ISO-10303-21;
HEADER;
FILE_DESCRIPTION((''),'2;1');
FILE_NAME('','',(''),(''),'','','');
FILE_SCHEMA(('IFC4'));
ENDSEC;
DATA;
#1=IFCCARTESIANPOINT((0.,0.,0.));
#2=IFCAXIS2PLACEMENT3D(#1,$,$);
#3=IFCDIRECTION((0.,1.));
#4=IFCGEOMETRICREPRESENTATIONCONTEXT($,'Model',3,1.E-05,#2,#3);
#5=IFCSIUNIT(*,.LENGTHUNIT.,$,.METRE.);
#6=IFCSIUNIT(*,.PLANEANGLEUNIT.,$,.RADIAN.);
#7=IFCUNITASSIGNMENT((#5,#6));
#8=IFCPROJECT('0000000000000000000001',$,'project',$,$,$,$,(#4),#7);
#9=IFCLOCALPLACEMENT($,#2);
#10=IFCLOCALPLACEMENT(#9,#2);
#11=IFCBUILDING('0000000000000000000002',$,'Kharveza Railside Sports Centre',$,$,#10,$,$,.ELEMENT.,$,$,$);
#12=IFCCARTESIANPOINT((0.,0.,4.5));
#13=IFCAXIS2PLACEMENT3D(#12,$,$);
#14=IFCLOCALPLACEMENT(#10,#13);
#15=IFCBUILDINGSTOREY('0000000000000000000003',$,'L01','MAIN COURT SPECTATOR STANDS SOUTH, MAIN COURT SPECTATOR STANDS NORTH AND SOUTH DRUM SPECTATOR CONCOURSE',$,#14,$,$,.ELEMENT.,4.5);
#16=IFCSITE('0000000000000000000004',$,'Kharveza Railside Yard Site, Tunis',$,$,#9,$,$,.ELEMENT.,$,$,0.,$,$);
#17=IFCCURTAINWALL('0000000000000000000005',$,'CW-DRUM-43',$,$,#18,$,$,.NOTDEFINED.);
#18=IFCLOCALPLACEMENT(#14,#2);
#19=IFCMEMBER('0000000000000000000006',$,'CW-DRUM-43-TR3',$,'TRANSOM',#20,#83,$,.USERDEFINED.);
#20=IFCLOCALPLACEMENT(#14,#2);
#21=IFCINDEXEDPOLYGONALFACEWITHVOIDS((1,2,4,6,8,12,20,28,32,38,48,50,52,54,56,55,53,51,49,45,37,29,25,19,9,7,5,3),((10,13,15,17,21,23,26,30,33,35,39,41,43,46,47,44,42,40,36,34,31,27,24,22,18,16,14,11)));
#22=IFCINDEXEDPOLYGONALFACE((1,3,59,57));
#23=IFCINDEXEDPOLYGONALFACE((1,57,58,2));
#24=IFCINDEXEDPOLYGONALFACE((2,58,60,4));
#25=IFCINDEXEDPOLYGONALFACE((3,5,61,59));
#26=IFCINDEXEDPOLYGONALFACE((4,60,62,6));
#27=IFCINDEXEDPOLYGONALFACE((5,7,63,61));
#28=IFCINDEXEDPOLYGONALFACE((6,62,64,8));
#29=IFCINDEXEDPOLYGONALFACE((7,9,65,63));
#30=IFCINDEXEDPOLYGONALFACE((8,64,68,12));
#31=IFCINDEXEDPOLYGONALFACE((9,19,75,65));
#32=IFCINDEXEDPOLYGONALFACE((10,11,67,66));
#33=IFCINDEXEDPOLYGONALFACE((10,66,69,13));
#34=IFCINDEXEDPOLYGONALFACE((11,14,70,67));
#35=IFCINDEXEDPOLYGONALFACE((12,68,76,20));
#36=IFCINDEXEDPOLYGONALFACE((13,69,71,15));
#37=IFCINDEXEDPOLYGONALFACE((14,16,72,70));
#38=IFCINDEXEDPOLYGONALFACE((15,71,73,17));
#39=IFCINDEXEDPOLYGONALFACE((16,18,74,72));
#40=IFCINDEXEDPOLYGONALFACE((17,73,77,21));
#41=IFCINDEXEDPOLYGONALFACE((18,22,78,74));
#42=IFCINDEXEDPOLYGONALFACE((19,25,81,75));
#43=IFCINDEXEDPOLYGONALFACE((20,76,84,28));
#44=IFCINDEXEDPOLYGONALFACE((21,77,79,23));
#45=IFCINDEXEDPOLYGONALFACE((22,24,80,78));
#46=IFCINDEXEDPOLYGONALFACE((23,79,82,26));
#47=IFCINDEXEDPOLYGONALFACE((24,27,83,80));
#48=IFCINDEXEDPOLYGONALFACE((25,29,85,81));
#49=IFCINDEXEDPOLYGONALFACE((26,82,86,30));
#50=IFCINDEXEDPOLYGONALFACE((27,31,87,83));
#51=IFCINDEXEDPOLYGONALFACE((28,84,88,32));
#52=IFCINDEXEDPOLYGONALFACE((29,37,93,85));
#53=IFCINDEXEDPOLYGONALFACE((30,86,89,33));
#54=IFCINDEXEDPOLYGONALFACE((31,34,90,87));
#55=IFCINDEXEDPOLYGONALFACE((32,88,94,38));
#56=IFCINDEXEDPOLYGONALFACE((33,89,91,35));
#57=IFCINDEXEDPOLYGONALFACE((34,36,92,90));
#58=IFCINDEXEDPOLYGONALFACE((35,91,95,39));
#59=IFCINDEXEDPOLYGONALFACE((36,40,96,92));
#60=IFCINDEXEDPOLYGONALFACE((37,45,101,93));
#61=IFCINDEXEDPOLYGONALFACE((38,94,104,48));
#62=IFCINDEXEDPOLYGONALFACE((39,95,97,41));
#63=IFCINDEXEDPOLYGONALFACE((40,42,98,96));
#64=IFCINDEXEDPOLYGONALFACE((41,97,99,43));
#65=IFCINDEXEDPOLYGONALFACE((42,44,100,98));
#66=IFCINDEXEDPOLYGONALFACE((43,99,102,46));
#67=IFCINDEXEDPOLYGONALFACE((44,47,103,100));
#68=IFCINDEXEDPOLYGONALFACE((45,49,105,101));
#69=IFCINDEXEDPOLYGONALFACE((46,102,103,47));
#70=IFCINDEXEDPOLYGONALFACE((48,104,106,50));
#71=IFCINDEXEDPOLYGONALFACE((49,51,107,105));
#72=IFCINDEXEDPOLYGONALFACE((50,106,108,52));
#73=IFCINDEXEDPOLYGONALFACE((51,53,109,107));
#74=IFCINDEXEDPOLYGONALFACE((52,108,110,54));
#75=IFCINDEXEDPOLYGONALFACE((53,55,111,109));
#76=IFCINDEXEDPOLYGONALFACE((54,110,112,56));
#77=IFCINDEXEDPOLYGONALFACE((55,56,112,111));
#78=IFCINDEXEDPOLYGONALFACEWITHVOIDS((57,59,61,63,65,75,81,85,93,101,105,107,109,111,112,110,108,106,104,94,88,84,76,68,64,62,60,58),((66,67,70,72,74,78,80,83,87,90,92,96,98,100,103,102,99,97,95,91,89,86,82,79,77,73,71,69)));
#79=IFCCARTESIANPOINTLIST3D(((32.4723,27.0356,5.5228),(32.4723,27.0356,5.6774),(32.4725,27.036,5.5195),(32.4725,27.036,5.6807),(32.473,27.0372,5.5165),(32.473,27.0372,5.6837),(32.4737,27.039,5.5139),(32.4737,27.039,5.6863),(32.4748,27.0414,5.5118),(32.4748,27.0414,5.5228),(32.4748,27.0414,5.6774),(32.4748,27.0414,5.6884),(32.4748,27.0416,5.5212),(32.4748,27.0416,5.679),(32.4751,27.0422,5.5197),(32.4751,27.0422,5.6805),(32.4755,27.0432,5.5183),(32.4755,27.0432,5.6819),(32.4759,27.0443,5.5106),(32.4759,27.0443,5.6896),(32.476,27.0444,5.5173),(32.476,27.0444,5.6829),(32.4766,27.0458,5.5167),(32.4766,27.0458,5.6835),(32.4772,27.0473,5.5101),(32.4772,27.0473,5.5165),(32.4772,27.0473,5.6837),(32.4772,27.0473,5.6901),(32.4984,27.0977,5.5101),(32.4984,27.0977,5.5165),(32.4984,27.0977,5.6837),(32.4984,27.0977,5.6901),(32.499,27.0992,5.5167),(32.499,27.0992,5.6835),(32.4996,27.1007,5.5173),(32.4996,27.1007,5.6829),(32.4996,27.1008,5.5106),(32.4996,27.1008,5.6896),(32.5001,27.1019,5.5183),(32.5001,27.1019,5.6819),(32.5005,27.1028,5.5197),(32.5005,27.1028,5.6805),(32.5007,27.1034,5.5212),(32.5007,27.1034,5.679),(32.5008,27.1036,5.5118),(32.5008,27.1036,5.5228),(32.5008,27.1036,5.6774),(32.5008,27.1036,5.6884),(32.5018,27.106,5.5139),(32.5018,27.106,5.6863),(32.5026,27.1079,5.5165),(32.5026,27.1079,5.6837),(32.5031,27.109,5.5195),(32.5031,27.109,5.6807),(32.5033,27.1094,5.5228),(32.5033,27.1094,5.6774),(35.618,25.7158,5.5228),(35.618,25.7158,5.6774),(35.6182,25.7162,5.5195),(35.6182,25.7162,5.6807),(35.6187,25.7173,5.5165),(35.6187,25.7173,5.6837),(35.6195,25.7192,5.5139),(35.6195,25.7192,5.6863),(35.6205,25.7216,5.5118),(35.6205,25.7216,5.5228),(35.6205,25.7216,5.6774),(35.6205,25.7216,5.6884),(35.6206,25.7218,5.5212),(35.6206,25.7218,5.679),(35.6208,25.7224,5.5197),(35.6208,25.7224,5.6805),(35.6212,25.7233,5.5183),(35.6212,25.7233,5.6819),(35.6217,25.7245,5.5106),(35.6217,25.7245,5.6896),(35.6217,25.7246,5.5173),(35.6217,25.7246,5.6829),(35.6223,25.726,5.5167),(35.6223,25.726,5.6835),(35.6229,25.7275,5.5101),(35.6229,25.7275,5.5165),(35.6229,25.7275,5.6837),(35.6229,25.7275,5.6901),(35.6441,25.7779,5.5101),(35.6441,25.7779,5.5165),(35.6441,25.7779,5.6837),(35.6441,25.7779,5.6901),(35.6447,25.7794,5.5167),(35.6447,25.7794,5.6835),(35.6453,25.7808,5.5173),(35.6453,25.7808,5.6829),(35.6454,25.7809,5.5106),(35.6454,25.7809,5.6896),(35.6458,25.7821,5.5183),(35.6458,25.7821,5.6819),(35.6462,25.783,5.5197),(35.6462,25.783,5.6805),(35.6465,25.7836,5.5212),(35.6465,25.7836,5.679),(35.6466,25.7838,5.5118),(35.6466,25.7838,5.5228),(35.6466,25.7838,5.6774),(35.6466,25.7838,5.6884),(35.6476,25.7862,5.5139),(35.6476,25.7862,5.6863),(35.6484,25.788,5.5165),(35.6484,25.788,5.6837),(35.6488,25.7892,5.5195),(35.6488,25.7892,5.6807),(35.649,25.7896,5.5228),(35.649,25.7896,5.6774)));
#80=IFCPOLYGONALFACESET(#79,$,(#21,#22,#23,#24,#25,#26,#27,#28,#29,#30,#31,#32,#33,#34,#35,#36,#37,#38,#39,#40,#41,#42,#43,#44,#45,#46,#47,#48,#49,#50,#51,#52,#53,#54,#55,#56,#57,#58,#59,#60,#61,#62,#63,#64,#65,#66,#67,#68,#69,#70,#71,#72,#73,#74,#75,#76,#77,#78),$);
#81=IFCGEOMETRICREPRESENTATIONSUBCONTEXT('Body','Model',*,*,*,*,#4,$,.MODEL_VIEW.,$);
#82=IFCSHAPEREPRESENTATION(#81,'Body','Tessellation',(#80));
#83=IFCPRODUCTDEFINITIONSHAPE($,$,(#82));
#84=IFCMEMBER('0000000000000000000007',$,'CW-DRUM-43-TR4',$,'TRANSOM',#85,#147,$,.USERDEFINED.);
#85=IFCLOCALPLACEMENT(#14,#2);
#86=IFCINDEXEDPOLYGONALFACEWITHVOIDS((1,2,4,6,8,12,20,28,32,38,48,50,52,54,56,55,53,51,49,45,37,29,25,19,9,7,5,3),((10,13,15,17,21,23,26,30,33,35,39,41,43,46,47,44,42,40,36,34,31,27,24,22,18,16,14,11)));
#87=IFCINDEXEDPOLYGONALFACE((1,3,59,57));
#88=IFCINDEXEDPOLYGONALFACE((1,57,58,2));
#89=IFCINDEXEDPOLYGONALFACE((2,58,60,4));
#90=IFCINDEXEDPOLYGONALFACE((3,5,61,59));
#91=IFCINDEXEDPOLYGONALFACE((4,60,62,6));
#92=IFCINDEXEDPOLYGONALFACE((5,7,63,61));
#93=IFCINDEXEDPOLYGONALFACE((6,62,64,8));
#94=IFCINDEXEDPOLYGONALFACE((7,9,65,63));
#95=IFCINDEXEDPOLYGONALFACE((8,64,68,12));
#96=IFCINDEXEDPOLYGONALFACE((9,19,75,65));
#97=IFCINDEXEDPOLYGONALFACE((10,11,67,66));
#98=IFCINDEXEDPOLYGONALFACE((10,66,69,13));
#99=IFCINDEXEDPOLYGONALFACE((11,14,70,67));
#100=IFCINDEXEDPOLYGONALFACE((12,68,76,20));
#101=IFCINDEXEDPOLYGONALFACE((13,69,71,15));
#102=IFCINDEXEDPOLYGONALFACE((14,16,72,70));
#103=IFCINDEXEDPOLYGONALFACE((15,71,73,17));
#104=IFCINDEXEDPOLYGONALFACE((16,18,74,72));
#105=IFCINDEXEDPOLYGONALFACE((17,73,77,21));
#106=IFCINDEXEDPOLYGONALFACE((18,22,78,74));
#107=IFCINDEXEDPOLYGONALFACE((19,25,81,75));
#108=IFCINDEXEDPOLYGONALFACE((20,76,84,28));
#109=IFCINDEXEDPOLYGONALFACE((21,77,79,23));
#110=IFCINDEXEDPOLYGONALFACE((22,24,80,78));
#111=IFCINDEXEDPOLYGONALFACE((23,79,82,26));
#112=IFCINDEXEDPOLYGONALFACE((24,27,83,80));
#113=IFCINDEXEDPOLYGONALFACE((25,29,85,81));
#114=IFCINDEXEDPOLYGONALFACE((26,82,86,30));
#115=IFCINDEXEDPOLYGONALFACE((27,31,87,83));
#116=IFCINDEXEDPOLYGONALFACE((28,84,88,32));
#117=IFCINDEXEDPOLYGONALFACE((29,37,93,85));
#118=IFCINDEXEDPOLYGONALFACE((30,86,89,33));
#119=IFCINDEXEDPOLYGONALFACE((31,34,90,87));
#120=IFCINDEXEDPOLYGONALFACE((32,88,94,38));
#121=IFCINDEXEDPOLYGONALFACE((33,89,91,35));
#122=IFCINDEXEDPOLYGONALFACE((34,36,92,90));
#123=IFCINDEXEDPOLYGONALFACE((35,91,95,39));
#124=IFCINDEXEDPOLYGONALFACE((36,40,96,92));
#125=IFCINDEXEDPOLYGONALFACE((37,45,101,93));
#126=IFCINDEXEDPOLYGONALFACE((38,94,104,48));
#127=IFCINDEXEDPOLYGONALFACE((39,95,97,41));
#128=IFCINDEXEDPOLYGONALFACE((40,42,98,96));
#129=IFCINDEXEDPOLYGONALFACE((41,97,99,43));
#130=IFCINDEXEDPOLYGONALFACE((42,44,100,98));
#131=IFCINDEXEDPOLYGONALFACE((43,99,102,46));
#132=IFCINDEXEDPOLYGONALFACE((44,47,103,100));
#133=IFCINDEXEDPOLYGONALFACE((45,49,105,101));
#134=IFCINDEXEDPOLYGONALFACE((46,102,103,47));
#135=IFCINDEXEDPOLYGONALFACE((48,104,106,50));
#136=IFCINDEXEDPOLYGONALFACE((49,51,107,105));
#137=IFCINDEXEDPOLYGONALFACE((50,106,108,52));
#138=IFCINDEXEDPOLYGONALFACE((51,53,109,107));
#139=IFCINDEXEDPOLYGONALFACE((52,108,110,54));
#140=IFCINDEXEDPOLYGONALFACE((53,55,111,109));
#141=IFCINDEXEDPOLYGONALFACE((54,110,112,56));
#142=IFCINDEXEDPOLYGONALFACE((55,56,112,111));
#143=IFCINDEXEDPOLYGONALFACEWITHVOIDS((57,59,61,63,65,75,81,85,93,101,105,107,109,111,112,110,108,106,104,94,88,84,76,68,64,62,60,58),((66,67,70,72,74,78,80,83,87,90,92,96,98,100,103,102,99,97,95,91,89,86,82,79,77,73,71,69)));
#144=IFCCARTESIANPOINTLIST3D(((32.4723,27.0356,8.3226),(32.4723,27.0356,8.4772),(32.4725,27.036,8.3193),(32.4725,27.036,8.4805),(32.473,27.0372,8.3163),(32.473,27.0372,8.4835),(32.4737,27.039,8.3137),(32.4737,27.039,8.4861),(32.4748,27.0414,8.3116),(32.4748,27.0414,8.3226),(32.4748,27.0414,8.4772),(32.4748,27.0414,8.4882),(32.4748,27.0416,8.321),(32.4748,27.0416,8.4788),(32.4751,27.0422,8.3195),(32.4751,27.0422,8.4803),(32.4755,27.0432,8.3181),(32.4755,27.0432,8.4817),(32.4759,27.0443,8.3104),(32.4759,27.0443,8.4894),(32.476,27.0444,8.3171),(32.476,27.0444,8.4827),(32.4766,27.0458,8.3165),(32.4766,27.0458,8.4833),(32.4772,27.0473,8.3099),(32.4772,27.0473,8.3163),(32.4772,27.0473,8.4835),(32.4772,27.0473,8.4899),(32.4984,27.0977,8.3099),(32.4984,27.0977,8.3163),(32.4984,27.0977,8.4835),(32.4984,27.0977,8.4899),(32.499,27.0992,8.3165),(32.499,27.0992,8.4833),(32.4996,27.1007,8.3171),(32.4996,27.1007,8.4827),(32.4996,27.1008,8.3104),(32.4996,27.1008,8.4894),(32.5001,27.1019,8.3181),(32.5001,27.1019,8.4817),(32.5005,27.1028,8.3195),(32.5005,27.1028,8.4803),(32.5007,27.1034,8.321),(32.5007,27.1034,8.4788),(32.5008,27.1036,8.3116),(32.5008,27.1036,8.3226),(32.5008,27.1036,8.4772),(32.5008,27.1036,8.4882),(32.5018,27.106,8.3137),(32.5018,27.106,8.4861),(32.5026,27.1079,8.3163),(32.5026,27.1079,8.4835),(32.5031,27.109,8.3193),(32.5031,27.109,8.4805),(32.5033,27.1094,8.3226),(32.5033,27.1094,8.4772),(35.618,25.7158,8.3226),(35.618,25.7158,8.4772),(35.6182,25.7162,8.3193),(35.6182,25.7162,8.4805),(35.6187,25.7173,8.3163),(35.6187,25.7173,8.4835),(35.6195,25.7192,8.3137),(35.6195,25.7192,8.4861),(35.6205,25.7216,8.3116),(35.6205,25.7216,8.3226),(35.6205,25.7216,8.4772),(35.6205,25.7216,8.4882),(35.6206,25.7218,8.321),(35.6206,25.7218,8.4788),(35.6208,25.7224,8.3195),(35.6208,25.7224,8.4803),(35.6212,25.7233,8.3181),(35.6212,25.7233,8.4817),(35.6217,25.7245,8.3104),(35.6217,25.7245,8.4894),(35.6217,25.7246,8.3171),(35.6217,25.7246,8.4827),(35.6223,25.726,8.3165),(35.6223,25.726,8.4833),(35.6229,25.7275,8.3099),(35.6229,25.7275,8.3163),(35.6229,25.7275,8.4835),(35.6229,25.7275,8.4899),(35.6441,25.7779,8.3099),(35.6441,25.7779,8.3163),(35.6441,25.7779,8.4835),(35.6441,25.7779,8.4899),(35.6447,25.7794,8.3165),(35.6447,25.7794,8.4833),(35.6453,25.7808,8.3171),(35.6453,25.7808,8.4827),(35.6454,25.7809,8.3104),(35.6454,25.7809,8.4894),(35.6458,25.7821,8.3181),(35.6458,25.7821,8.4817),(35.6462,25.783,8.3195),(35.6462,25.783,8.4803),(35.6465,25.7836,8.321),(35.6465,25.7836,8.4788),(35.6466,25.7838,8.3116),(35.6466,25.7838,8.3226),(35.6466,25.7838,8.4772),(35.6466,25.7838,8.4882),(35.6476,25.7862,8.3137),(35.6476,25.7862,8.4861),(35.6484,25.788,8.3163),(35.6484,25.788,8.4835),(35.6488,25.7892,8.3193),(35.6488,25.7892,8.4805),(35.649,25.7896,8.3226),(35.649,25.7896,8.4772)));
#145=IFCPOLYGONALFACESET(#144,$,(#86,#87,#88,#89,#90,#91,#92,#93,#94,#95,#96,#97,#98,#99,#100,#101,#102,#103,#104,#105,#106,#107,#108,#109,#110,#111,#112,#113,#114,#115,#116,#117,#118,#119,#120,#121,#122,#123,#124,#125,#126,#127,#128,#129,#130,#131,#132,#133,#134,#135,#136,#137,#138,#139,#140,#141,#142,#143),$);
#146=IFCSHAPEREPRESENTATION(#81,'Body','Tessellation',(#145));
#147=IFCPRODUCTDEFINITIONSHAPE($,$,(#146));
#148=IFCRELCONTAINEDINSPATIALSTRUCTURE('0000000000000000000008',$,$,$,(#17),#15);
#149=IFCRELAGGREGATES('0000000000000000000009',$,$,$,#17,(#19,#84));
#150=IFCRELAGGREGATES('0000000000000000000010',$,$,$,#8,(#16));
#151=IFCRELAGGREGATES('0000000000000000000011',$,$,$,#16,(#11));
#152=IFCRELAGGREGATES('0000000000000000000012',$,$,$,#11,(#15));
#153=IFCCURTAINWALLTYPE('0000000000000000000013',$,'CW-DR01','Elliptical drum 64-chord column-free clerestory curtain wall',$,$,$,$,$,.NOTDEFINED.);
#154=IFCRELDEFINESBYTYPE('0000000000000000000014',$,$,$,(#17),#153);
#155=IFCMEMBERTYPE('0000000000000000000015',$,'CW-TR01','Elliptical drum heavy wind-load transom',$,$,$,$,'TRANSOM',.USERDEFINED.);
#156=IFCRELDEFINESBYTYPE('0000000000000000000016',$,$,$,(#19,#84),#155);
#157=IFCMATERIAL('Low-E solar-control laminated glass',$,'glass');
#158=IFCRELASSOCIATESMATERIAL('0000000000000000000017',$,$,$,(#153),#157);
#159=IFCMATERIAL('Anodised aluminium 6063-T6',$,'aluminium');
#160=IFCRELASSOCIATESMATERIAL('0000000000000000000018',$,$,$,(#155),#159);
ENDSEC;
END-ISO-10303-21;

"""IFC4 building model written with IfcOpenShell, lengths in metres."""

from ifc_helpers import new_model, si_unit, direction, frame, origin, origin_2d, place, context, subcontext, project, spatial, hollow_rectangle, extrude, material, material_profile, profile_set, type_object, element, aggregate, save


model = new_model("IFC4")

# Units and contexts
model_context = context("Model", 3, precision=1e-05, world=origin(), true_north=direction((0.0, 1.0)))
body_context = subcontext(model_context, "Body", "Model", "MODEL_VIEW")
ifc_project = project(units=[si_unit("LENGTHUNIT", "METRE"), si_unit("PLANEANGLEUNIT", "RADIAN")], contexts=[model_context])

# Site, building, storey
site_placement = place(None, origin())
site = spatial("IfcSite", under=ifc_project, at=site_placement, Name="Kharveza Railside Yard Site, Tunis", CompositionType="ELEMENT", RefElevation=0.0)
building_placement = place(site_placement, origin())
building = spatial("IfcBuilding", under=site, at=building_placement, Name="Kharveza Railside Sports Centre", CompositionType="ELEMENT")
storey_placement = place(building_placement, frame((0.0, 0.0, 4.5)))
storey = spatial("IfcBuildingStorey", under=building, at=storey_placement, Name="L01", Description="MAIN COURT SPECTATOR STANDS SOUTH, MAIN COURT SPECTATOR STANDS NORTH AND SOUTH DRUM SPECTATOR CONCOURSE", CompositionType="ELEMENT", Elevation=4.5)

# Shared definitions
ifc_material_1 = material(Name="Low-E solar-control laminated glass", Category="glass")
curtain_wall_type = type_object("IfcCurtainWallType", Name="CW-DR01", Description="Elliptical drum 64-chord column-free clerestory curtain wall", PredefinedType="NOTDEFINED", material=ifc_material_1)
ifc_material_2 = material(Name="Anodised aluminium 6063-T6", Category="aluminium")

# Curtain wall
curtain_wall_1_placement = place(storey_placement, origin())
curtain_wall_1 = element("IfcCurtainWall", 1, at=curtain_wall_1_placement, inside=storey, type_object=curtain_wall_type, Name="CW-DRUM-43", PredefinedType="NOTDEFINED")

# Members
ifc_material_profile_1 = material_profile(ifc_material_2, hollow_rectangle(XDim=0.0801, YDim=0.1799, WallThickness=0.0063, InnerFilletRadius=0.0063, OuterFilletRadius=0.0127, at=origin_2d()), Name="RHS 80x180x6.3")
ifc_profile_set_1 = profile_set([ifc_material_profile_1], Name="Anodised aluminium 6063-T6")
member_type_1 = type_object("IfcMemberType", Name="CW-TR01", Description="Elliptical drum heavy wind-load transom", ElementType="TRANSOM", PredefinedType="USERDEFINED", material=ifc_profile_set_1)
member_1_placement = place(storey_placement, frame((32.4878, 27.0725, 5.6001), z_axis=(0.922128, -0.386886, 0.0), x_axis=(0.386886, 0.922128, 0.0)))
member_1 = element("IfcMember", 2, at=member_1_placement, type_object=member_type_1, Name="CW-DRUM-43-TR3", ObjectType="TRANSOM", PredefinedType="USERDEFINED", context=body_context, shape_type="SweptSolid", body=[
    extrude(hollow_rectangle(XDim=0.0801, YDim=0.1799, WallThickness=0.0063, InnerFilletRadius=0.0063, OuterFilletRadius=0.0127, at=origin_2d()), origin(), (0.0, 0.0, 1.0), 3.4114),
])
member_2_placement = place(storey_placement, frame((32.4878, 27.0725, 8.3999), z_axis=(0.922128, -0.386886, 0.0), x_axis=(0.386886, 0.922128, 0.0)))
member_2 = element("IfcMember", 3, at=member_2_placement, type_object=member_type_1, Name="CW-DRUM-43-TR4", ObjectType="TRANSOM", PredefinedType="USERDEFINED", context=body_context, shape_type="SweptSolid", body=[
    extrude(hollow_rectangle(XDim=0.0801, YDim=0.1799, WallThickness=0.0063, InnerFilletRadius=0.0063, OuterFilletRadius=0.0127, at=origin_2d()), origin(), (0.0, 0.0, 1.0), 3.4114),
])

aggregate(curtain_wall_1, [member_1, member_2])

save(model, "model.ifc")
